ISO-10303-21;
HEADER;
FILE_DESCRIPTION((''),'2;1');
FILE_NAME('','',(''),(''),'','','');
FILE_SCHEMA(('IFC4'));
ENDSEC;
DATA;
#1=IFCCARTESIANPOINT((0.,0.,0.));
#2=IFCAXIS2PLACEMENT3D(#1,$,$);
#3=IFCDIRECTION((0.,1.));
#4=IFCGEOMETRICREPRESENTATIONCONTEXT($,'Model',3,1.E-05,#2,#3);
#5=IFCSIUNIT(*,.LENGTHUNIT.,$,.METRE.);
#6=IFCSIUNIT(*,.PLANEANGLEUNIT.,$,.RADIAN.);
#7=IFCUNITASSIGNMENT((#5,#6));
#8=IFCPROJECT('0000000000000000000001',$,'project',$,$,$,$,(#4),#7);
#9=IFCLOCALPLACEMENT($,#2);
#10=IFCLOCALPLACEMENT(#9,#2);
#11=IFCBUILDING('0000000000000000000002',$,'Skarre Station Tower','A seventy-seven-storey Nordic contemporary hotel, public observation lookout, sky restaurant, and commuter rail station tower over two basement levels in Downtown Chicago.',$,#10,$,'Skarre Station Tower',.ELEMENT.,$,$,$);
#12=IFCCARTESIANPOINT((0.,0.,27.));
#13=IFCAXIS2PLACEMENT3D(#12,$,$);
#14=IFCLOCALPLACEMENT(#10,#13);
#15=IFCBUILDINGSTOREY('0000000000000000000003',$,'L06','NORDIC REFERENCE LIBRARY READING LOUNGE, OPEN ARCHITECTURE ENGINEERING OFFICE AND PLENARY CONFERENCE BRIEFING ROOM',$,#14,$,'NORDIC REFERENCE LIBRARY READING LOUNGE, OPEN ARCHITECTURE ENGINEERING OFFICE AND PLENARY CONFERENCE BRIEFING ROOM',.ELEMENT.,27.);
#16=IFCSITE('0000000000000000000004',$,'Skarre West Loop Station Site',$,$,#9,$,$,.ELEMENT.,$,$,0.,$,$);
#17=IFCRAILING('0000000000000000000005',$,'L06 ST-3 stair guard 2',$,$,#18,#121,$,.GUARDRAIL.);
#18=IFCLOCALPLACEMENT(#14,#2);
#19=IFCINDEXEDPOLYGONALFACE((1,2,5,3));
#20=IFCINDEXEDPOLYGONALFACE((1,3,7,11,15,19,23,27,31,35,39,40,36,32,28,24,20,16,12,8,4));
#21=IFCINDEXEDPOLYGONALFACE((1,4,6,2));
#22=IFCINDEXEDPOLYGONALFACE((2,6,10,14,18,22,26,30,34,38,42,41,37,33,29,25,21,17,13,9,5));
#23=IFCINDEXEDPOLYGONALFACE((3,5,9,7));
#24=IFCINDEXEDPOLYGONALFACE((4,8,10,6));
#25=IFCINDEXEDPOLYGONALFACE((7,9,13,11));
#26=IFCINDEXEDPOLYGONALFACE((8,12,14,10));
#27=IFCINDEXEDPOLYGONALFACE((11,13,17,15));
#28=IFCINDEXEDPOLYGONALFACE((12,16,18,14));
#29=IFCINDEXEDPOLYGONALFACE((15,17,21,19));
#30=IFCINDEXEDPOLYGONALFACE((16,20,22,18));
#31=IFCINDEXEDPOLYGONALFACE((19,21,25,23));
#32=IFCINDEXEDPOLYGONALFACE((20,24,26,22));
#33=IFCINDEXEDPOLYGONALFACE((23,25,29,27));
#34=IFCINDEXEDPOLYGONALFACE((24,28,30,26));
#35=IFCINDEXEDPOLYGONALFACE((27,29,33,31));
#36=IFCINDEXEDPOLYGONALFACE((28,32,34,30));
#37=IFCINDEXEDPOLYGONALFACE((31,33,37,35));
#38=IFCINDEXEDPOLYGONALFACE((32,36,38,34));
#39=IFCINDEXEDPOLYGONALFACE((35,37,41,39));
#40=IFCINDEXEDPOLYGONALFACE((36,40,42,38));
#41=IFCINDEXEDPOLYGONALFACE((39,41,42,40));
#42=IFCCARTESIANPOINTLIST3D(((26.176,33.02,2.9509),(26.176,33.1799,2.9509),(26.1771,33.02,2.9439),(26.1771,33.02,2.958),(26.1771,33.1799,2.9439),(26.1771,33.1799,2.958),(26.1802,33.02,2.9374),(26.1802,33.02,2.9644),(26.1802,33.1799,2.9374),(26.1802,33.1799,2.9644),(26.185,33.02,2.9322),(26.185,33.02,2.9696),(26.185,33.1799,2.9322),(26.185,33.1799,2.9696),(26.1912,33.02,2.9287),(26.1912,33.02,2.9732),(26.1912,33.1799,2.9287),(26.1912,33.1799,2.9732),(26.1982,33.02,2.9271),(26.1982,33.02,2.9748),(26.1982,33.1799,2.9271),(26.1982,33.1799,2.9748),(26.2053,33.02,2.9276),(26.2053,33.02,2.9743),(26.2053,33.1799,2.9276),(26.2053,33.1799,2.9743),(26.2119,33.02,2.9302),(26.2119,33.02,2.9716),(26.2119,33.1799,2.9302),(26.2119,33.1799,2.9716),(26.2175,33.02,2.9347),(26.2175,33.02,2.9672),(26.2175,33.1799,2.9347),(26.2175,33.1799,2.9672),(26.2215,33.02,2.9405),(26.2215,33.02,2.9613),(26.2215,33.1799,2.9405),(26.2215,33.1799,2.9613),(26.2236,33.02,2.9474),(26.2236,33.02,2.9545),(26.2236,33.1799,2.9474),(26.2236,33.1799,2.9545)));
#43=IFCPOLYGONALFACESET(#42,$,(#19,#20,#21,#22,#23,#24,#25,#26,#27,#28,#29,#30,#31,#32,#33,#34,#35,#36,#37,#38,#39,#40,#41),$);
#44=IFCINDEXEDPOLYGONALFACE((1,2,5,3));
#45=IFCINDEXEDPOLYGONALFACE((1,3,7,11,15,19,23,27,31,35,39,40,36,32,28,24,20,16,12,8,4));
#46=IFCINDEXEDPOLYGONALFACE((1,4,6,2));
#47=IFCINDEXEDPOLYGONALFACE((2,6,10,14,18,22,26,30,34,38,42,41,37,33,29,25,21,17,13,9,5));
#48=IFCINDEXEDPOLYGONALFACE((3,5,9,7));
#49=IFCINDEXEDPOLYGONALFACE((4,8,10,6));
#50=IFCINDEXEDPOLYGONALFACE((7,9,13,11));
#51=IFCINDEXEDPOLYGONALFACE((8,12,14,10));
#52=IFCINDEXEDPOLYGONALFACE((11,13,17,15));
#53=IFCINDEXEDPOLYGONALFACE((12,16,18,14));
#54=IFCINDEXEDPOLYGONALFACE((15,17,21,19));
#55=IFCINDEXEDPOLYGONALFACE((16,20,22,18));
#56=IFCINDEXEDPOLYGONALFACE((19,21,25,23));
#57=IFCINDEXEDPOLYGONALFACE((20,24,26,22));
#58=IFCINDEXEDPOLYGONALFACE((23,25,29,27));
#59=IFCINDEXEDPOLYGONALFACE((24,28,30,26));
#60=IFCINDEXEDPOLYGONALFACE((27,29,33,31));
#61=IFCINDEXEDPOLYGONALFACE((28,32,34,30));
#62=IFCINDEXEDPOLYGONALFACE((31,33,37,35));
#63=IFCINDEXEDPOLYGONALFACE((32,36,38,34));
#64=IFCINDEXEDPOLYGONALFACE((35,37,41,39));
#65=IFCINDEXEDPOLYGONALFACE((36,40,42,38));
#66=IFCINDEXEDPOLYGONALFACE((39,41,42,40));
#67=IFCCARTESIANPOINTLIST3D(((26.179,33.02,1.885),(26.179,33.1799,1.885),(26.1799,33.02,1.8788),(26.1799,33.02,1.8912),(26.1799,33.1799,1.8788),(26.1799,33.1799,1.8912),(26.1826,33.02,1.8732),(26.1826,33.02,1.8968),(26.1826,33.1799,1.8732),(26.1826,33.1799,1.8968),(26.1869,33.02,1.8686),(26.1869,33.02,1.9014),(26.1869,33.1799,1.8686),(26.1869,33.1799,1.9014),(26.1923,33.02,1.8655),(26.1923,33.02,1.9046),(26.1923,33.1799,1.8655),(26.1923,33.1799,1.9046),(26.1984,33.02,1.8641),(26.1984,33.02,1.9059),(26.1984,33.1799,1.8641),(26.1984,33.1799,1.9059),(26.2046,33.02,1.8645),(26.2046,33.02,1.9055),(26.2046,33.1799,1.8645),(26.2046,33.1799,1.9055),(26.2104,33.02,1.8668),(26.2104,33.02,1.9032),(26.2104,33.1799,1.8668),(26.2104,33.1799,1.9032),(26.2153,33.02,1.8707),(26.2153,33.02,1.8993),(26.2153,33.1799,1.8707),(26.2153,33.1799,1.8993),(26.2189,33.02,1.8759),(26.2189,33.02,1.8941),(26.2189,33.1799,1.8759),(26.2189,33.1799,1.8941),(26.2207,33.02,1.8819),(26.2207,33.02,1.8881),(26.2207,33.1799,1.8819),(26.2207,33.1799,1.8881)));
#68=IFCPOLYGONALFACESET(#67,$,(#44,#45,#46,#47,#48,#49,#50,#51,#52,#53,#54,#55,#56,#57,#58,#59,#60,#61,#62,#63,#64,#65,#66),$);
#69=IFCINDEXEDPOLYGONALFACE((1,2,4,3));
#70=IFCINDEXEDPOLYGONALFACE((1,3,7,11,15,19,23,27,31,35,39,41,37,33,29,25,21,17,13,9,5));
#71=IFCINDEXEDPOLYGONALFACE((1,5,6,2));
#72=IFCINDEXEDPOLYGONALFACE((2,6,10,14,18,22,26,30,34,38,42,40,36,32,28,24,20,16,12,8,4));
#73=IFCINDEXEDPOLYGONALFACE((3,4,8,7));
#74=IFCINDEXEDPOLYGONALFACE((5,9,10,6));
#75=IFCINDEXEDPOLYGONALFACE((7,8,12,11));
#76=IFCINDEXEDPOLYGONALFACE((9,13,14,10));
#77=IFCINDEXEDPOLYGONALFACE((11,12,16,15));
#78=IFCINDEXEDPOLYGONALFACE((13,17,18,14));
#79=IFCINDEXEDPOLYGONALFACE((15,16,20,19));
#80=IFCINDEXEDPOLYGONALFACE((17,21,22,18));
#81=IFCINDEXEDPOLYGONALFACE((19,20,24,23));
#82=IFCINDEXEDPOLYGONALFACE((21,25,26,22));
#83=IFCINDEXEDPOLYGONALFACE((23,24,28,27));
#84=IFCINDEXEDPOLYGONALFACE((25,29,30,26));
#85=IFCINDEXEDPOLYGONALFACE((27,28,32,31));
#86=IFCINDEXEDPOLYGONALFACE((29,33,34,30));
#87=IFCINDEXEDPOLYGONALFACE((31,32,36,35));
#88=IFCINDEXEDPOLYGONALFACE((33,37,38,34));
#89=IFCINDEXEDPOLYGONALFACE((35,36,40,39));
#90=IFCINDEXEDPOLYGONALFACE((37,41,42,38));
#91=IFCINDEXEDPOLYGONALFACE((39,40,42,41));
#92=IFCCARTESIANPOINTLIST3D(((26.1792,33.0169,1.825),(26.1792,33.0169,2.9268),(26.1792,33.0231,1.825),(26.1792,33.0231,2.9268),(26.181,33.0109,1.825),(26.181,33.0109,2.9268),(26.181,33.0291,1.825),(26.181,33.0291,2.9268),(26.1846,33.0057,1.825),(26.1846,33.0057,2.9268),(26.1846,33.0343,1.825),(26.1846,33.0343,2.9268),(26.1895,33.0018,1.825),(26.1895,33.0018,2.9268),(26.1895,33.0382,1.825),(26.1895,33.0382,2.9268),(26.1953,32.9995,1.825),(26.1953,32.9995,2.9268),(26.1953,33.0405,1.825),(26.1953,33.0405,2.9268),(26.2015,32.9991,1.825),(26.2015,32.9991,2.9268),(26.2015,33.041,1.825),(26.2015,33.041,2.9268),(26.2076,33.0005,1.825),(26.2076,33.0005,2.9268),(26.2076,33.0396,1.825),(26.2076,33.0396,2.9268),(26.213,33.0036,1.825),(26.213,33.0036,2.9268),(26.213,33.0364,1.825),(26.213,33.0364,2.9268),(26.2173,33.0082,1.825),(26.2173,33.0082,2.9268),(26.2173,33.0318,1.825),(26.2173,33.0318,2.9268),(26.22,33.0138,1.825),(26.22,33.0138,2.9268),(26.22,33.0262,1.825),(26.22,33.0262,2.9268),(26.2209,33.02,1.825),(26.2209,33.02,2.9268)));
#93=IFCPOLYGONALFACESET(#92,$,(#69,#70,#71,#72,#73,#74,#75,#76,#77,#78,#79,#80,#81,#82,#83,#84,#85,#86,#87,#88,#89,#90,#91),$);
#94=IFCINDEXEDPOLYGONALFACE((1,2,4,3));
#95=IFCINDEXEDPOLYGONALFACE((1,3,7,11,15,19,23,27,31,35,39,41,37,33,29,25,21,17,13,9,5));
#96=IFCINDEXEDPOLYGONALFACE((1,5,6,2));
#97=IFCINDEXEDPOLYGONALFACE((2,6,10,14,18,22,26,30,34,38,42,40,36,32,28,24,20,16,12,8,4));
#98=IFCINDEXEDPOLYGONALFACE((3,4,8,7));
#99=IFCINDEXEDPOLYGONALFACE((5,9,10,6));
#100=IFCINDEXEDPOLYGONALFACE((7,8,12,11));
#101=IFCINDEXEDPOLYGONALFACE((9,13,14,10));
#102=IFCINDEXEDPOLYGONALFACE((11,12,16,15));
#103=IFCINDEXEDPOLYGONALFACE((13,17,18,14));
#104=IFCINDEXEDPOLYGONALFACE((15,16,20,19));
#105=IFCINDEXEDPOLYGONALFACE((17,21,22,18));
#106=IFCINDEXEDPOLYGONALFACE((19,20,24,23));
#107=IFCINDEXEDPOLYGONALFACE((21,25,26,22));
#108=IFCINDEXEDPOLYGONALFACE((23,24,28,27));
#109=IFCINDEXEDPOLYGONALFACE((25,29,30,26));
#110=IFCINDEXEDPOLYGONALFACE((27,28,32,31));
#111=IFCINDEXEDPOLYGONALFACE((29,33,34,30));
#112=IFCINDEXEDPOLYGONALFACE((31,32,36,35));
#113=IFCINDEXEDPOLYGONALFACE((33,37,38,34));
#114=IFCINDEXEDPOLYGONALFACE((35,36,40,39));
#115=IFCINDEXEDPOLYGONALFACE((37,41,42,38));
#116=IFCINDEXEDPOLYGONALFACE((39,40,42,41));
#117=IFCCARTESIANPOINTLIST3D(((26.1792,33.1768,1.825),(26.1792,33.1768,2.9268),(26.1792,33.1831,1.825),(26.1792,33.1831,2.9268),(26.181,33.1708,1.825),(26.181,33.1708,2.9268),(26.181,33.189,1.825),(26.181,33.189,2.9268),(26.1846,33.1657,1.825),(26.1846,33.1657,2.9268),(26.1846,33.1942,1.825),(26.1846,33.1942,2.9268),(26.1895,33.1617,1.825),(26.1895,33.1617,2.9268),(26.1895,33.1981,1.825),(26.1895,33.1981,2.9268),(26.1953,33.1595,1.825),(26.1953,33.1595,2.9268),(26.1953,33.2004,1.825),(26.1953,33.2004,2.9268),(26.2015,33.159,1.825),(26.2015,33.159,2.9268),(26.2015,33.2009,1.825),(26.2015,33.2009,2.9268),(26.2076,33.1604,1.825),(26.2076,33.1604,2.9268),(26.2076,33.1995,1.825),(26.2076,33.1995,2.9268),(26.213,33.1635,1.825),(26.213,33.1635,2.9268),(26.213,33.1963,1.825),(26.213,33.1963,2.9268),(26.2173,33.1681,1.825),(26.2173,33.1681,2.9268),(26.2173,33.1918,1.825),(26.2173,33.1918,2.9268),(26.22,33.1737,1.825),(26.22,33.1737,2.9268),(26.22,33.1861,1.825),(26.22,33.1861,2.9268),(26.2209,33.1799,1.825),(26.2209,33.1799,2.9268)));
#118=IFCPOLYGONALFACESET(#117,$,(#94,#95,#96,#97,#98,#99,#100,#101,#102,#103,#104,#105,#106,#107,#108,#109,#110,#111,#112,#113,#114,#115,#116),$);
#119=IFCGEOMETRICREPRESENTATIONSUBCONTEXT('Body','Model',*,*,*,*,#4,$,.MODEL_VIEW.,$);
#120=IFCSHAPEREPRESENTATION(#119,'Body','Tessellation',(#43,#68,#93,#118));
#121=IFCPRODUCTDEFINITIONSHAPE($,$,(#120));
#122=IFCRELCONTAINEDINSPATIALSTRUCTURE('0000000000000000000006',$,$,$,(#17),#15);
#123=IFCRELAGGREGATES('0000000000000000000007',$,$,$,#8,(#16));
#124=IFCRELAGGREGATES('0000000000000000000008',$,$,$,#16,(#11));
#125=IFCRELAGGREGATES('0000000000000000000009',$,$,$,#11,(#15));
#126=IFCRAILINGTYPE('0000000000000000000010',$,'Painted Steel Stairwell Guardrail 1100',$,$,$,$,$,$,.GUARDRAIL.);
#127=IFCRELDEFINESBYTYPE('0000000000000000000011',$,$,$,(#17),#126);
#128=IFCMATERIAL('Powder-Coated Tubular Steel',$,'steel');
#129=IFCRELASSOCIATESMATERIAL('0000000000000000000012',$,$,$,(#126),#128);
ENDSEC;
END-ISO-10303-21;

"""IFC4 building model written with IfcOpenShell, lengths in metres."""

from ifc_helpers import new_model, si_unit, direction, frame, origin, origin_2d, place, context, subcontext, project, spatial, circle, extrude, material, type_object, element, save


model = new_model("IFC4")

# Units and contexts
model_context = context("Model", 3, precision=1e-05, world=origin(), true_north=direction((0.0, 1.0)))
body_context = subcontext(model_context, "Body", "Model", "MODEL_VIEW")
ifc_project = project(units=[si_unit("LENGTHUNIT", "METRE"), si_unit("PLANEANGLEUNIT", "RADIAN")], contexts=[model_context])

# Site, building, storey
site_placement = place(None, origin())
site = spatial("IfcSite", under=ifc_project, at=site_placement, Name="Skarre West Loop Station Site", CompositionType="ELEMENT", RefElevation=0.0)
building_placement = place(site_placement, origin())
building = spatial("IfcBuilding", under=site, at=building_placement, Name="Skarre Station Tower", Description="A seventy-seven-storey Nordic contemporary hotel, public observation lookout, sky restaurant, and commuter rail station tower over two basement levels in Downtown Chicago.", LongName="Skarre Station Tower", CompositionType="ELEMENT")
storey_placement = place(building_placement, frame((0.0, 0.0, 27.0)))
storey = spatial("IfcBuildingStorey", under=building, at=storey_placement, Name="L06", Description="NORDIC REFERENCE LIBRARY READING LOUNGE, OPEN ARCHITECTURE ENGINEERING OFFICE AND PLENARY CONFERENCE BRIEFING ROOM", LongName="NORDIC REFERENCE LIBRARY READING LOUNGE, OPEN ARCHITECTURE ENGINEERING OFFICE AND PLENARY CONFERENCE BRIEFING ROOM", CompositionType="ELEMENT", Elevation=27.0)

# Railing
ifc_material_1 = material(Name="Powder-Coated Tubular Steel", Category="steel")
railing_type_1 = type_object("IfcRailingType", Name="Painted Steel Stairwell Guardrail 1100", PredefinedType="GUARDRAIL", material=ifc_material_1)
railing_1_placement = place(storey_placement, frame((26.2, 33.02, 1.825)))
element("IfcRailing", 1, at=railing_1_placement, inside=storey, type_object=railing_type_1, Name="L06 ST-3 stair guard 2", PredefinedType="GUARDRAIL", context=body_context, shape_type="SweptSolid", body=[
    extrude(circle(Radius=0.0239, at=origin_2d()), frame((0.0, 0.0, 1.126), z_axis=(0.0, 1.0, 0.0), x_axis=(-1.0, 0.0, 0.0)), (0.0, 0.0, 1.0), 0.1599),
    extrude(circle(Radius=0.021, at=origin_2d()), frame((0.0, 0.0, 0.0601), z_axis=(0.0, 1.0, 0.0), x_axis=(-1.0, 0.0, 0.0)), (0.0, 0.0, 1.0), 0.1599),
    extrude(circle(Radius=0.021, at=origin_2d()), origin(), (0.0, 0.0, 1.0), 1.1018),
    extrude(circle(Radius=0.021, at=origin_2d()), frame((0.0, 0.1599, 0.0)), (0.0, 0.0, 1.0), 1.1018),
])

save(model, "model.ifc")
